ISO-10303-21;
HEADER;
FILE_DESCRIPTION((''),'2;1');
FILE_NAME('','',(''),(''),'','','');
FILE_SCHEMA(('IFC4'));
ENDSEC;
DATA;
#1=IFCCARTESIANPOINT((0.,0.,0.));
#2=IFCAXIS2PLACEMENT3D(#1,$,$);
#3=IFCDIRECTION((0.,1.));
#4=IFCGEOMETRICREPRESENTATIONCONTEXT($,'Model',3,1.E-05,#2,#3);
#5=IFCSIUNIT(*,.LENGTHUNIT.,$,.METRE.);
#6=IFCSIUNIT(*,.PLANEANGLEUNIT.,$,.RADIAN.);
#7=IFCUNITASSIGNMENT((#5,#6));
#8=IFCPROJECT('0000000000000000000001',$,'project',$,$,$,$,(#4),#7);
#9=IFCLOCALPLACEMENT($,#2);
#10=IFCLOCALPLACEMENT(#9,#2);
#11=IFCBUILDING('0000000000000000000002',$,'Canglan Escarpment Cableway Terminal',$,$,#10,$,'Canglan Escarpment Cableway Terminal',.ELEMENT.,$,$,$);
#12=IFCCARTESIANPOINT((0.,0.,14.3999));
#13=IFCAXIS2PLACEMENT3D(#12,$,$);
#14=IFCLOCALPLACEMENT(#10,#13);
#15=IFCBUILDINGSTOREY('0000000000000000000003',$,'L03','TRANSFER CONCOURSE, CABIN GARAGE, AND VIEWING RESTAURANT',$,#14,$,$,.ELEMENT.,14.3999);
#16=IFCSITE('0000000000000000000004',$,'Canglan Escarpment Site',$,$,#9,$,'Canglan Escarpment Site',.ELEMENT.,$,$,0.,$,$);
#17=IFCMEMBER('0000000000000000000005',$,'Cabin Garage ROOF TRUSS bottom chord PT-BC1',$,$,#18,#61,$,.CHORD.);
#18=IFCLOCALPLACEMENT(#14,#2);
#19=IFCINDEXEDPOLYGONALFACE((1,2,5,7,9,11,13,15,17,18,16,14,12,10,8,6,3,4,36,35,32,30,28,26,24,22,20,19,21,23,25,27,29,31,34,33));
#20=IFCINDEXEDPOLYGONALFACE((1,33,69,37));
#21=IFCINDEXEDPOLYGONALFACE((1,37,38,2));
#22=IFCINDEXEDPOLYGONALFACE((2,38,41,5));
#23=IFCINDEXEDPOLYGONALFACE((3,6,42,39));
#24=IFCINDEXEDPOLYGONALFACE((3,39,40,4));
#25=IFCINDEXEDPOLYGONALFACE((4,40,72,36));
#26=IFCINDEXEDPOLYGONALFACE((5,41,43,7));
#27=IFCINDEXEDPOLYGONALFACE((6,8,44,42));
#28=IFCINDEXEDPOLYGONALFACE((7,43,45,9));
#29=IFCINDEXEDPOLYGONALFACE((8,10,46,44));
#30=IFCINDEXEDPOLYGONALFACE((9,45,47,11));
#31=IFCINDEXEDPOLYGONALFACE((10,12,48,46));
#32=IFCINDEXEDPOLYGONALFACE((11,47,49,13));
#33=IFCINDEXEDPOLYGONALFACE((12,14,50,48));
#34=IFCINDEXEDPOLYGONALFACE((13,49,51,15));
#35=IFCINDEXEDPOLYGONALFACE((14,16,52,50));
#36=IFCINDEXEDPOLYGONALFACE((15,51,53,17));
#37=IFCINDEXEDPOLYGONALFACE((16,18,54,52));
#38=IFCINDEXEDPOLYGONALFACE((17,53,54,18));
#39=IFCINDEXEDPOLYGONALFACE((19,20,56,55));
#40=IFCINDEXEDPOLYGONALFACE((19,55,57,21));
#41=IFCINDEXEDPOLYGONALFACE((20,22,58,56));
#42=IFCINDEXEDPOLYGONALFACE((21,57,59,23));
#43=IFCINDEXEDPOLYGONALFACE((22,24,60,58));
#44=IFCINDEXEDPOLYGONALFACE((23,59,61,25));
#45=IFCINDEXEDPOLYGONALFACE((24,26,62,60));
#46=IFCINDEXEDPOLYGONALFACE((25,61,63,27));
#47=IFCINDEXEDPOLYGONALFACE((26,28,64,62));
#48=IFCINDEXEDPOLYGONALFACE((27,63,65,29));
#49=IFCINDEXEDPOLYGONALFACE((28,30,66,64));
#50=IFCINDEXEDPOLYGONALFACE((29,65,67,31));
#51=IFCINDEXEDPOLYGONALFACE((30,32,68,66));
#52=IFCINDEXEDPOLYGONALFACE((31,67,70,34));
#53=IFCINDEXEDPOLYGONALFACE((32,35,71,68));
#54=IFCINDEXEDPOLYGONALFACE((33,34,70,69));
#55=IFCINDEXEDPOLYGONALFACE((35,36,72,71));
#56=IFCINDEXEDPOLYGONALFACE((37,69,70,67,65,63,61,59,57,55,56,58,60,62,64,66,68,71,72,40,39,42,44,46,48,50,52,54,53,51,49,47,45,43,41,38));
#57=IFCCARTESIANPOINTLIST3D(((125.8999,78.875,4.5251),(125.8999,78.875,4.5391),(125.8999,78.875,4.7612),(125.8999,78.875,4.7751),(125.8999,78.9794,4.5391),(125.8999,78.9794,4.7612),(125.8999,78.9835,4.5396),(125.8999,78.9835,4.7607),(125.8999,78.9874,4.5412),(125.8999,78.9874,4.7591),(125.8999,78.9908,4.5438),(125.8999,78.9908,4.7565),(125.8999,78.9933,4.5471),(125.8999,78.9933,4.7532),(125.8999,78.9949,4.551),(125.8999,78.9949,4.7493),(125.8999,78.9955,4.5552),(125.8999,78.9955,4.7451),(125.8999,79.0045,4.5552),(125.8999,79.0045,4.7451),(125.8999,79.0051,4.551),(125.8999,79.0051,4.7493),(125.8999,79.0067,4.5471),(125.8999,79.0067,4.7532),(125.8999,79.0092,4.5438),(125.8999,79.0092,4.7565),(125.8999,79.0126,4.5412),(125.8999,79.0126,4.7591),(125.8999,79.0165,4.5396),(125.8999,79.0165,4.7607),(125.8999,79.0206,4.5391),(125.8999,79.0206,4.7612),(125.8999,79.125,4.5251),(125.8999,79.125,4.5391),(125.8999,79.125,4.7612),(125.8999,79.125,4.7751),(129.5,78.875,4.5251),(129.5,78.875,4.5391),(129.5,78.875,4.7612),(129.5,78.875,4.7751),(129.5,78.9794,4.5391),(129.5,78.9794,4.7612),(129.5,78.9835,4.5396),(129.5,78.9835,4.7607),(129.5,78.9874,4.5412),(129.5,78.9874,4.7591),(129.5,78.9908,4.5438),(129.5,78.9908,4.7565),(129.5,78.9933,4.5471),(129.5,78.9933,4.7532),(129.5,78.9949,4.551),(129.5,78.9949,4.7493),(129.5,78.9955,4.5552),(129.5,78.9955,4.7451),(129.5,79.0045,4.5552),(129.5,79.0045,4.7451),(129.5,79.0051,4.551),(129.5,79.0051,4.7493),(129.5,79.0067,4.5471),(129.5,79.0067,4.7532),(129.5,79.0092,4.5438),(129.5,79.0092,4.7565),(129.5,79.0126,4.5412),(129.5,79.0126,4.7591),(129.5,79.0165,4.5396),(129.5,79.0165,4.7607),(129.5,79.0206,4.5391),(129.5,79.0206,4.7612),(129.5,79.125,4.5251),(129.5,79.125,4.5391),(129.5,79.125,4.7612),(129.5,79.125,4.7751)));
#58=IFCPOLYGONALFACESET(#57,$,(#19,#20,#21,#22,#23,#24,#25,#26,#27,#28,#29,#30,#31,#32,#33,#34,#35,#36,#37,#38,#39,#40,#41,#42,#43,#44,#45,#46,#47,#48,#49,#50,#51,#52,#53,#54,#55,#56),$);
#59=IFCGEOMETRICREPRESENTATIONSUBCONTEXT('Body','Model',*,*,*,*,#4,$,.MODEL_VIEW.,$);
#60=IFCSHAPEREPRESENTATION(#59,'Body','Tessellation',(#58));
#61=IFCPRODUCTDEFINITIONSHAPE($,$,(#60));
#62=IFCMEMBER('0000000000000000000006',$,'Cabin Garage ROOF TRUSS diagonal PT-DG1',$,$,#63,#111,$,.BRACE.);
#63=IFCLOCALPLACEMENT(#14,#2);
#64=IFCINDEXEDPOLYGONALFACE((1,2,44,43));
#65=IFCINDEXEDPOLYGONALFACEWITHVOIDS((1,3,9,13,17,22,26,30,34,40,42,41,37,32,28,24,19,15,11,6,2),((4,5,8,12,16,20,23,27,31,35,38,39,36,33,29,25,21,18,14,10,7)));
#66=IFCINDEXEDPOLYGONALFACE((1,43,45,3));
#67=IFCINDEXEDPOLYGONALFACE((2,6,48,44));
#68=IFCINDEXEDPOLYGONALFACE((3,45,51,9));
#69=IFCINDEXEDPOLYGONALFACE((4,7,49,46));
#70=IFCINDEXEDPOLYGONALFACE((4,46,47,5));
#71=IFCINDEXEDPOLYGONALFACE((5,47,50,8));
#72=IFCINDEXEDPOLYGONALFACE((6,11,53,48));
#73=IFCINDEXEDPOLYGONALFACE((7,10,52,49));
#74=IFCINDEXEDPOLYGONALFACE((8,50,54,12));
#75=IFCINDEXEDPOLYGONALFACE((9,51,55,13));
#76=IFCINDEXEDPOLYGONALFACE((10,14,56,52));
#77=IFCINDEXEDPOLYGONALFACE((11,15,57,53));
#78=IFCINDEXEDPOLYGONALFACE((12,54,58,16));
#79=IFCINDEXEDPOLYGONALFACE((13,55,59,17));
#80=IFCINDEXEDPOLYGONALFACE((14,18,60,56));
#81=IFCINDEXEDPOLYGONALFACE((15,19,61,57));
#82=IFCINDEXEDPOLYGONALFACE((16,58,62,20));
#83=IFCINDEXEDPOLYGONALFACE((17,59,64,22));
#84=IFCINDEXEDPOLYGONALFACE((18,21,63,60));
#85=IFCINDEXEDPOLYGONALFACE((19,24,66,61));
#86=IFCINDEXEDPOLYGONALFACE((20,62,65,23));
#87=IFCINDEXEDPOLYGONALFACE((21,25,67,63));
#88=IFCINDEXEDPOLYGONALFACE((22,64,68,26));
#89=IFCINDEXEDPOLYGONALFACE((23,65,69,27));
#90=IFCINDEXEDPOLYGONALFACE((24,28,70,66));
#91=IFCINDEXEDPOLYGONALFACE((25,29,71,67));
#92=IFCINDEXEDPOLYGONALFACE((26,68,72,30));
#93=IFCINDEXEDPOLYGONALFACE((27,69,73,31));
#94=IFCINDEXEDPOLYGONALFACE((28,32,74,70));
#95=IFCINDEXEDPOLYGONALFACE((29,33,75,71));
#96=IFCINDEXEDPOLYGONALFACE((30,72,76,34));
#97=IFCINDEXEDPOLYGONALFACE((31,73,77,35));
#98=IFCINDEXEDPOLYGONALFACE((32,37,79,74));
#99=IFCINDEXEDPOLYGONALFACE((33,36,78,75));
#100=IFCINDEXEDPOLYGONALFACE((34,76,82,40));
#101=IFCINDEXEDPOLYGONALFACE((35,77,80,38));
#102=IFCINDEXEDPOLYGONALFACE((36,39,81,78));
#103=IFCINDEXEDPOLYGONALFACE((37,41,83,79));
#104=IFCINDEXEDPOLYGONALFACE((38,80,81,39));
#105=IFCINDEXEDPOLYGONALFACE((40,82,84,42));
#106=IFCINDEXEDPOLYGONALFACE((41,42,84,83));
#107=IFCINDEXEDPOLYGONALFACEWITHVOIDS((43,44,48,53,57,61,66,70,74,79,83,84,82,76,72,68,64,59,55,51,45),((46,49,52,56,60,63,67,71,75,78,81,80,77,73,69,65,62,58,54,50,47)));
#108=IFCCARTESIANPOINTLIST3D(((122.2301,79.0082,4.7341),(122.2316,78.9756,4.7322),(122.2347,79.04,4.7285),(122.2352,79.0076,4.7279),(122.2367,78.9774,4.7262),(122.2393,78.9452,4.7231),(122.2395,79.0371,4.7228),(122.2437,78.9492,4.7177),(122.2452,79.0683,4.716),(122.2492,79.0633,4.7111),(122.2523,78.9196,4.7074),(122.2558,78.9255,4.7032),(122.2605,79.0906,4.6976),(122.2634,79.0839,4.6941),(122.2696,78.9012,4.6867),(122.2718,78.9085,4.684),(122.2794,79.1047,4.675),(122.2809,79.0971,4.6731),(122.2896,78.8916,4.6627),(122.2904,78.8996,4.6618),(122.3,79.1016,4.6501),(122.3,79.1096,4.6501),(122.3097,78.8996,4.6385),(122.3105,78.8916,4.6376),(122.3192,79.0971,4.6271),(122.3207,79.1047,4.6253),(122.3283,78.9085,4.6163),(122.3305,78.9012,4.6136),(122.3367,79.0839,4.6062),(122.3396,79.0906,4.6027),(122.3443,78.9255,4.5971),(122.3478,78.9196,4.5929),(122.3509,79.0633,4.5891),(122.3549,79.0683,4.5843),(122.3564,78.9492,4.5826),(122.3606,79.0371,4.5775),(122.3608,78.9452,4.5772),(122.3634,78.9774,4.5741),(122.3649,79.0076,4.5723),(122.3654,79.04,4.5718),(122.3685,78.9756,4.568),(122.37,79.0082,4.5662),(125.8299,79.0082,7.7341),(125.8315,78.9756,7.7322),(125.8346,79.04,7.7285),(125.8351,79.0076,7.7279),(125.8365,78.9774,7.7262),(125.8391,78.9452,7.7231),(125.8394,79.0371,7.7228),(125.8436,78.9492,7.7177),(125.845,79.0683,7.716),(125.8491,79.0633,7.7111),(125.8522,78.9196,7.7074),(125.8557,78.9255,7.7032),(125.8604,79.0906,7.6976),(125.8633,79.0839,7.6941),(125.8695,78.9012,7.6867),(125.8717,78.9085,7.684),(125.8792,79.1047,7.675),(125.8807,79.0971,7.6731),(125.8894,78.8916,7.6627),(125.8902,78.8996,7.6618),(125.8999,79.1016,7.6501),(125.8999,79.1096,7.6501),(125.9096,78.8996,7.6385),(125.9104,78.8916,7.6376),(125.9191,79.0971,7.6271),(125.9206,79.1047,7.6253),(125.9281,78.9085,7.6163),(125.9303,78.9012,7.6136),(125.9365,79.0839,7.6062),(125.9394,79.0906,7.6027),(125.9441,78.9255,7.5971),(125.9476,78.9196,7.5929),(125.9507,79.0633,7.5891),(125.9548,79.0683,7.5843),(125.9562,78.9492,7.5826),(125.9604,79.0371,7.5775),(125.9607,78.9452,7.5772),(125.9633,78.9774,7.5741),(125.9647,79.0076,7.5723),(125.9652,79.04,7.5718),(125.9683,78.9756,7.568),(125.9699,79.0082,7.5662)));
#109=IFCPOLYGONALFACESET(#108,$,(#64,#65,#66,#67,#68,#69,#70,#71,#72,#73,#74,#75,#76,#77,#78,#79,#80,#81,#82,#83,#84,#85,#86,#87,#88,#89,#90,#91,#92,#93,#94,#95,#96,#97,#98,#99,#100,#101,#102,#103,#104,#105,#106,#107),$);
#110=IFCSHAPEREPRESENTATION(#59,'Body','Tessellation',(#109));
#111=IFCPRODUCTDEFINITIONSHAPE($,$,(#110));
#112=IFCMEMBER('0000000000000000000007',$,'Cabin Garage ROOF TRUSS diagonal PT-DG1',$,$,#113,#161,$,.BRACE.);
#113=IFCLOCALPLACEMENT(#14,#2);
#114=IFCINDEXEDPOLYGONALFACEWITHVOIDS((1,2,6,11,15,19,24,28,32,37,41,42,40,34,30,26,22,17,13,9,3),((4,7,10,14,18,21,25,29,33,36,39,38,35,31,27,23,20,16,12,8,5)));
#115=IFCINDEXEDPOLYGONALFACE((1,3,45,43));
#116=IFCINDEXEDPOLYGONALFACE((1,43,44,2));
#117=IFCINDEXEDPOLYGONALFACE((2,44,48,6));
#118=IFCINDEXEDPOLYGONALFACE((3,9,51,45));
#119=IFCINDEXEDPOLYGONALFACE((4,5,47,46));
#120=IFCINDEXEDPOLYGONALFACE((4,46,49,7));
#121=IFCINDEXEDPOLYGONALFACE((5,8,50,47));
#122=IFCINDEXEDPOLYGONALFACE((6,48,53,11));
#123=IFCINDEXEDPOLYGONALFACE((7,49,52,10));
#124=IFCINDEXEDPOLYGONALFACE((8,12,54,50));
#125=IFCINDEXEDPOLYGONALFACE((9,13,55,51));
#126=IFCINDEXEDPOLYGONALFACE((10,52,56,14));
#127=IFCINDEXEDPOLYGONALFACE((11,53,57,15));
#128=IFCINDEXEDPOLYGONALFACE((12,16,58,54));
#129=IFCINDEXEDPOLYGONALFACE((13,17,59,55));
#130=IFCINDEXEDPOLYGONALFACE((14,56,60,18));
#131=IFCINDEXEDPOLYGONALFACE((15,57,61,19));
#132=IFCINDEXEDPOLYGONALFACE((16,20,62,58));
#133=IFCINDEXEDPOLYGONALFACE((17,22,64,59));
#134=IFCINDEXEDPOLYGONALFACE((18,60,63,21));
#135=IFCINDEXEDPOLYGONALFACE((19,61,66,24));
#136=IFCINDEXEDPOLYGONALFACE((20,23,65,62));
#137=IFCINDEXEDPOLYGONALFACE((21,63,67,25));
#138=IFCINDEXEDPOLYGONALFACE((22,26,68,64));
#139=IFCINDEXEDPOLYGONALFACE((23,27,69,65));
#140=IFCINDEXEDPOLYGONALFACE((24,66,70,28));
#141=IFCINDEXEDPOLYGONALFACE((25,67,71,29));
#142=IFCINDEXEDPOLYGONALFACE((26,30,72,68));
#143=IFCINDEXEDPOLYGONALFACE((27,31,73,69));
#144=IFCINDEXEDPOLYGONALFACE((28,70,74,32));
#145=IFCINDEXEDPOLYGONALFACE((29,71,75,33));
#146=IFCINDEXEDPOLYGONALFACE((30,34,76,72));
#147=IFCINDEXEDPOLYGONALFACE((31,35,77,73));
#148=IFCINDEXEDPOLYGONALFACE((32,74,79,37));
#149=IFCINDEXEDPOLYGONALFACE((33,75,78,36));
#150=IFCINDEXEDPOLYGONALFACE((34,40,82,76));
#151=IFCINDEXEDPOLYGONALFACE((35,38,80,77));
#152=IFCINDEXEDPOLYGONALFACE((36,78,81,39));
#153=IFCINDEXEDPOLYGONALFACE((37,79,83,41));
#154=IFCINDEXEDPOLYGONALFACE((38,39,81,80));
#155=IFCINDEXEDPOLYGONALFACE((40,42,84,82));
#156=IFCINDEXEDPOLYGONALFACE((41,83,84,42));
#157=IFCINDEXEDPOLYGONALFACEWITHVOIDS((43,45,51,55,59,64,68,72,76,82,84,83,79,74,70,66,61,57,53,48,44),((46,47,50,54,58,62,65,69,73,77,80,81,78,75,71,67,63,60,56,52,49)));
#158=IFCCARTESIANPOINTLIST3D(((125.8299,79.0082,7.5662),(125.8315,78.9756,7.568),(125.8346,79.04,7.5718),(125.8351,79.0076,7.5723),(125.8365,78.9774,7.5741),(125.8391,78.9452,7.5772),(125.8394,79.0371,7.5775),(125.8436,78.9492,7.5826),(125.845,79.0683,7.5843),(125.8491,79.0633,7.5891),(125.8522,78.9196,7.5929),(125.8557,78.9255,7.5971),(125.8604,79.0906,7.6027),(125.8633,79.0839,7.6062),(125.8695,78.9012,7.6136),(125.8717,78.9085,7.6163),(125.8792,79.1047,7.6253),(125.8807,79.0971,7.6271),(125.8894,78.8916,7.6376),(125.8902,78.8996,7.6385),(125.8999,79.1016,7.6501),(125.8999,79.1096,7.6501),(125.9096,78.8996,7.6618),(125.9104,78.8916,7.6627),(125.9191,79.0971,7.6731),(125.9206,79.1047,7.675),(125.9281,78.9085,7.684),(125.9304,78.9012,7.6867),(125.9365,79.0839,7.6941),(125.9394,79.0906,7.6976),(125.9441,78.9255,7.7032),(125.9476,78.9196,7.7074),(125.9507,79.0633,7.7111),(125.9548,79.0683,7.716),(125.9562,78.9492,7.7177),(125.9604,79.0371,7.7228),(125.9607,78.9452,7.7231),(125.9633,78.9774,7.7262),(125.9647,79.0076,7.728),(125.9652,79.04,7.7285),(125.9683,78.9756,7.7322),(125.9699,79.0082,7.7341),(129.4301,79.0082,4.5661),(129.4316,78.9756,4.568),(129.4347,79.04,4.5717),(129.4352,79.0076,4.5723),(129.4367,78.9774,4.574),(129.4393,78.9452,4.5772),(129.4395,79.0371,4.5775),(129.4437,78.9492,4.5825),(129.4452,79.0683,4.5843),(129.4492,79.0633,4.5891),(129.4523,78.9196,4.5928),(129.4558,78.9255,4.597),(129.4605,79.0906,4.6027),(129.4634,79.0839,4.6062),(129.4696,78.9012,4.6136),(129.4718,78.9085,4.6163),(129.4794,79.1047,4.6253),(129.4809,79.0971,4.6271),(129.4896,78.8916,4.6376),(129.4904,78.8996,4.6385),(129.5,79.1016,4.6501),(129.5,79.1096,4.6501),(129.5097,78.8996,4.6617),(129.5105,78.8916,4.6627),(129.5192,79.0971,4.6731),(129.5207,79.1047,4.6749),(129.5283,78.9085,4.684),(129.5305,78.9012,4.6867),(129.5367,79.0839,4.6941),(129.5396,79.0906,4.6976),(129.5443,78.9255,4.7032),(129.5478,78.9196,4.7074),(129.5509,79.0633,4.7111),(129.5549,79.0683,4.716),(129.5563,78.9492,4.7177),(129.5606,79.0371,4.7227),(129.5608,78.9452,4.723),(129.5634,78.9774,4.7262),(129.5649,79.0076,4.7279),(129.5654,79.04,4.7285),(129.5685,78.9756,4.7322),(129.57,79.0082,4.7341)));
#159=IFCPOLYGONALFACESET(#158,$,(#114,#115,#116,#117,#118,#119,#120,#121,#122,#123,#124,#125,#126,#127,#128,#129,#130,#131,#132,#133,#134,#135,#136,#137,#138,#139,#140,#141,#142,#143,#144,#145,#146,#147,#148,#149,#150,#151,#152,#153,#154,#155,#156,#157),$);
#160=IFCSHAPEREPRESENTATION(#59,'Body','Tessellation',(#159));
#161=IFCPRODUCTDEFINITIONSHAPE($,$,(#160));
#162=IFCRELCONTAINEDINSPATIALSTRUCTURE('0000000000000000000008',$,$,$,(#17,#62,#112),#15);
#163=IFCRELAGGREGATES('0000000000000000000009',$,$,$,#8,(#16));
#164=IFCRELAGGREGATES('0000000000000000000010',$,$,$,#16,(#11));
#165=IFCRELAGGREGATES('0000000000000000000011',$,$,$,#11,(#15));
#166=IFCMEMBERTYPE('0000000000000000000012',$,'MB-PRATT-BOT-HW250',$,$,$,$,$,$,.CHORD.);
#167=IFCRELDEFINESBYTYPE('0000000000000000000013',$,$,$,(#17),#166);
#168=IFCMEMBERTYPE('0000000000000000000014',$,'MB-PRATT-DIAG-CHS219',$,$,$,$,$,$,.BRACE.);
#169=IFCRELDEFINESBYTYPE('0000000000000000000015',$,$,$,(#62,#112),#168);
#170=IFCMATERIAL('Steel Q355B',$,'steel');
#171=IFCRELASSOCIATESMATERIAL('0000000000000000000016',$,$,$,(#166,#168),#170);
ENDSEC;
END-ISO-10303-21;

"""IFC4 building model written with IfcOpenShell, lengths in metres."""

from ifc_helpers import new_model, si_unit, direction, frame, origin, origin_2d, place, context, subcontext, project, spatial, hollow_circle, i_section, extrude, material, material_profile, profile_set, type_object, element, save


model = new_model("IFC4")

# Units and contexts
model_context = context("Model", 3, precision=1e-05, world=origin(), true_north=direction((0.0, 1.0)))
body_context = subcontext(model_context, "Body", "Model", "MODEL_VIEW")
ifc_project = project(units=[si_unit("LENGTHUNIT", "METRE"), si_unit("PLANEANGLEUNIT", "RADIAN")], contexts=[model_context])

# Site, building, storey
site_placement = place(None, origin())
site = spatial("IfcSite", under=ifc_project, at=site_placement, Name="Canglan Escarpment Site", LongName="Canglan Escarpment Site", CompositionType="ELEMENT", RefElevation=0.0)
building_placement = place(site_placement, origin())
building = spatial("IfcBuilding", under=site, at=building_placement, Name="Canglan Escarpment Cableway Terminal", LongName="Canglan Escarpment Cableway Terminal", CompositionType="ELEMENT")
storey_placement = place(building_placement, frame((0.0, 0.0, 14.3999)))
storey = spatial("IfcBuildingStorey", under=building, at=storey_placement, Name="L03", Description="TRANSFER CONCOURSE, CABIN GARAGE, AND VIEWING RESTAURANT", CompositionType="ELEMENT", Elevation=14.3999)

# Shared definitions
ifc_material_1 = material(Name="Steel Q355B", Category="steel")

# Members
ifc_material_profile_1 = material_profile(ifc_material_1, i_section(OverallWidth=0.25, OverallDepth=0.25, WebThickness=0.009, FlangeThickness=0.0139, FilletRadius=0.0161, at=origin_2d()), Name="HW 250x250x9x14")
ifc_profile_set_1 = profile_set([ifc_material_profile_1], Name="Steel Q355B")
member_type_1 = type_object("IfcMemberType", Name="MB-PRATT-BOT-HW250", PredefinedType="CHORD", material=ifc_profile_set_1)
member_1_placement = place(storey_placement, frame((125.8999, 79.0, 4.6501), z_axis=(1.0, 0.0, 0.0), x_axis=(0.0, 1.0, 0.0)))
element("IfcMember", 1, at=member_1_placement, inside=storey, type_object=member_type_1, Name="Cabin Garage ROOF TRUSS bottom chord PT-BC1", PredefinedType="CHORD", context=body_context, shape_type="SweptSolid", body=[
    extrude(i_section(OverallWidth=0.25, OverallDepth=0.25, WebThickness=0.009, FlangeThickness=0.0139, FilletRadius=0.0161, at=origin_2d()), origin(), (0.0, 0.0, 1.0), 3.6001),
])
ifc_material_profile_2 = material_profile(ifc_material_1, hollow_circle(Radius=0.1096, WallThickness=0.0081, at=origin_2d()), Name="CHS 219.1x8")
ifc_profile_set_2 = profile_set([ifc_material_profile_2], Name="Steel Q355B")
member_type_2 = type_object("IfcMemberType", Name="MB-PRATT-DIAG-CHS219", PredefinedType="BRACE", material=ifc_profile_set_2)
member_2_placement = place(storey_placement, frame((122.3, 79.0, 4.6501), z_axis=(0.768208, 0.0, 0.6402), x_axis=(0.0, 1.0, 0.0)))
element("IfcMember", 2, at=member_2_placement, inside=storey, type_object=member_type_2, Name="Cabin Garage ROOF TRUSS diagonal PT-DG1", PredefinedType="BRACE", context=body_context, shape_type="SweptSolid", body=[
    extrude(hollow_circle(Radius=0.1096, WallThickness=0.0081, at=origin_2d()), origin(), (0.0, 0.0, 1.0), 4.686),
])
member_3_placement = place(storey_placement, frame((125.8999, 79.0, 7.6501), z_axis=(0.76823, 0.0, -0.640174), x_axis=(0.0, 1.0, 0.0)))
element("IfcMember", 3, at=member_3_placement, inside=storey, type_object=member_type_2, Name="Cabin Garage ROOF TRUSS diagonal PT-DG1", PredefinedType="BRACE", context=body_context, shape_type="SweptSolid", body=[
    extrude(hollow_circle(Radius=0.1096, WallThickness=0.0081, at=origin_2d()), origin(), (0.0, 0.0, 1.0), 4.6863),
])

save(model, "model.ifc")
